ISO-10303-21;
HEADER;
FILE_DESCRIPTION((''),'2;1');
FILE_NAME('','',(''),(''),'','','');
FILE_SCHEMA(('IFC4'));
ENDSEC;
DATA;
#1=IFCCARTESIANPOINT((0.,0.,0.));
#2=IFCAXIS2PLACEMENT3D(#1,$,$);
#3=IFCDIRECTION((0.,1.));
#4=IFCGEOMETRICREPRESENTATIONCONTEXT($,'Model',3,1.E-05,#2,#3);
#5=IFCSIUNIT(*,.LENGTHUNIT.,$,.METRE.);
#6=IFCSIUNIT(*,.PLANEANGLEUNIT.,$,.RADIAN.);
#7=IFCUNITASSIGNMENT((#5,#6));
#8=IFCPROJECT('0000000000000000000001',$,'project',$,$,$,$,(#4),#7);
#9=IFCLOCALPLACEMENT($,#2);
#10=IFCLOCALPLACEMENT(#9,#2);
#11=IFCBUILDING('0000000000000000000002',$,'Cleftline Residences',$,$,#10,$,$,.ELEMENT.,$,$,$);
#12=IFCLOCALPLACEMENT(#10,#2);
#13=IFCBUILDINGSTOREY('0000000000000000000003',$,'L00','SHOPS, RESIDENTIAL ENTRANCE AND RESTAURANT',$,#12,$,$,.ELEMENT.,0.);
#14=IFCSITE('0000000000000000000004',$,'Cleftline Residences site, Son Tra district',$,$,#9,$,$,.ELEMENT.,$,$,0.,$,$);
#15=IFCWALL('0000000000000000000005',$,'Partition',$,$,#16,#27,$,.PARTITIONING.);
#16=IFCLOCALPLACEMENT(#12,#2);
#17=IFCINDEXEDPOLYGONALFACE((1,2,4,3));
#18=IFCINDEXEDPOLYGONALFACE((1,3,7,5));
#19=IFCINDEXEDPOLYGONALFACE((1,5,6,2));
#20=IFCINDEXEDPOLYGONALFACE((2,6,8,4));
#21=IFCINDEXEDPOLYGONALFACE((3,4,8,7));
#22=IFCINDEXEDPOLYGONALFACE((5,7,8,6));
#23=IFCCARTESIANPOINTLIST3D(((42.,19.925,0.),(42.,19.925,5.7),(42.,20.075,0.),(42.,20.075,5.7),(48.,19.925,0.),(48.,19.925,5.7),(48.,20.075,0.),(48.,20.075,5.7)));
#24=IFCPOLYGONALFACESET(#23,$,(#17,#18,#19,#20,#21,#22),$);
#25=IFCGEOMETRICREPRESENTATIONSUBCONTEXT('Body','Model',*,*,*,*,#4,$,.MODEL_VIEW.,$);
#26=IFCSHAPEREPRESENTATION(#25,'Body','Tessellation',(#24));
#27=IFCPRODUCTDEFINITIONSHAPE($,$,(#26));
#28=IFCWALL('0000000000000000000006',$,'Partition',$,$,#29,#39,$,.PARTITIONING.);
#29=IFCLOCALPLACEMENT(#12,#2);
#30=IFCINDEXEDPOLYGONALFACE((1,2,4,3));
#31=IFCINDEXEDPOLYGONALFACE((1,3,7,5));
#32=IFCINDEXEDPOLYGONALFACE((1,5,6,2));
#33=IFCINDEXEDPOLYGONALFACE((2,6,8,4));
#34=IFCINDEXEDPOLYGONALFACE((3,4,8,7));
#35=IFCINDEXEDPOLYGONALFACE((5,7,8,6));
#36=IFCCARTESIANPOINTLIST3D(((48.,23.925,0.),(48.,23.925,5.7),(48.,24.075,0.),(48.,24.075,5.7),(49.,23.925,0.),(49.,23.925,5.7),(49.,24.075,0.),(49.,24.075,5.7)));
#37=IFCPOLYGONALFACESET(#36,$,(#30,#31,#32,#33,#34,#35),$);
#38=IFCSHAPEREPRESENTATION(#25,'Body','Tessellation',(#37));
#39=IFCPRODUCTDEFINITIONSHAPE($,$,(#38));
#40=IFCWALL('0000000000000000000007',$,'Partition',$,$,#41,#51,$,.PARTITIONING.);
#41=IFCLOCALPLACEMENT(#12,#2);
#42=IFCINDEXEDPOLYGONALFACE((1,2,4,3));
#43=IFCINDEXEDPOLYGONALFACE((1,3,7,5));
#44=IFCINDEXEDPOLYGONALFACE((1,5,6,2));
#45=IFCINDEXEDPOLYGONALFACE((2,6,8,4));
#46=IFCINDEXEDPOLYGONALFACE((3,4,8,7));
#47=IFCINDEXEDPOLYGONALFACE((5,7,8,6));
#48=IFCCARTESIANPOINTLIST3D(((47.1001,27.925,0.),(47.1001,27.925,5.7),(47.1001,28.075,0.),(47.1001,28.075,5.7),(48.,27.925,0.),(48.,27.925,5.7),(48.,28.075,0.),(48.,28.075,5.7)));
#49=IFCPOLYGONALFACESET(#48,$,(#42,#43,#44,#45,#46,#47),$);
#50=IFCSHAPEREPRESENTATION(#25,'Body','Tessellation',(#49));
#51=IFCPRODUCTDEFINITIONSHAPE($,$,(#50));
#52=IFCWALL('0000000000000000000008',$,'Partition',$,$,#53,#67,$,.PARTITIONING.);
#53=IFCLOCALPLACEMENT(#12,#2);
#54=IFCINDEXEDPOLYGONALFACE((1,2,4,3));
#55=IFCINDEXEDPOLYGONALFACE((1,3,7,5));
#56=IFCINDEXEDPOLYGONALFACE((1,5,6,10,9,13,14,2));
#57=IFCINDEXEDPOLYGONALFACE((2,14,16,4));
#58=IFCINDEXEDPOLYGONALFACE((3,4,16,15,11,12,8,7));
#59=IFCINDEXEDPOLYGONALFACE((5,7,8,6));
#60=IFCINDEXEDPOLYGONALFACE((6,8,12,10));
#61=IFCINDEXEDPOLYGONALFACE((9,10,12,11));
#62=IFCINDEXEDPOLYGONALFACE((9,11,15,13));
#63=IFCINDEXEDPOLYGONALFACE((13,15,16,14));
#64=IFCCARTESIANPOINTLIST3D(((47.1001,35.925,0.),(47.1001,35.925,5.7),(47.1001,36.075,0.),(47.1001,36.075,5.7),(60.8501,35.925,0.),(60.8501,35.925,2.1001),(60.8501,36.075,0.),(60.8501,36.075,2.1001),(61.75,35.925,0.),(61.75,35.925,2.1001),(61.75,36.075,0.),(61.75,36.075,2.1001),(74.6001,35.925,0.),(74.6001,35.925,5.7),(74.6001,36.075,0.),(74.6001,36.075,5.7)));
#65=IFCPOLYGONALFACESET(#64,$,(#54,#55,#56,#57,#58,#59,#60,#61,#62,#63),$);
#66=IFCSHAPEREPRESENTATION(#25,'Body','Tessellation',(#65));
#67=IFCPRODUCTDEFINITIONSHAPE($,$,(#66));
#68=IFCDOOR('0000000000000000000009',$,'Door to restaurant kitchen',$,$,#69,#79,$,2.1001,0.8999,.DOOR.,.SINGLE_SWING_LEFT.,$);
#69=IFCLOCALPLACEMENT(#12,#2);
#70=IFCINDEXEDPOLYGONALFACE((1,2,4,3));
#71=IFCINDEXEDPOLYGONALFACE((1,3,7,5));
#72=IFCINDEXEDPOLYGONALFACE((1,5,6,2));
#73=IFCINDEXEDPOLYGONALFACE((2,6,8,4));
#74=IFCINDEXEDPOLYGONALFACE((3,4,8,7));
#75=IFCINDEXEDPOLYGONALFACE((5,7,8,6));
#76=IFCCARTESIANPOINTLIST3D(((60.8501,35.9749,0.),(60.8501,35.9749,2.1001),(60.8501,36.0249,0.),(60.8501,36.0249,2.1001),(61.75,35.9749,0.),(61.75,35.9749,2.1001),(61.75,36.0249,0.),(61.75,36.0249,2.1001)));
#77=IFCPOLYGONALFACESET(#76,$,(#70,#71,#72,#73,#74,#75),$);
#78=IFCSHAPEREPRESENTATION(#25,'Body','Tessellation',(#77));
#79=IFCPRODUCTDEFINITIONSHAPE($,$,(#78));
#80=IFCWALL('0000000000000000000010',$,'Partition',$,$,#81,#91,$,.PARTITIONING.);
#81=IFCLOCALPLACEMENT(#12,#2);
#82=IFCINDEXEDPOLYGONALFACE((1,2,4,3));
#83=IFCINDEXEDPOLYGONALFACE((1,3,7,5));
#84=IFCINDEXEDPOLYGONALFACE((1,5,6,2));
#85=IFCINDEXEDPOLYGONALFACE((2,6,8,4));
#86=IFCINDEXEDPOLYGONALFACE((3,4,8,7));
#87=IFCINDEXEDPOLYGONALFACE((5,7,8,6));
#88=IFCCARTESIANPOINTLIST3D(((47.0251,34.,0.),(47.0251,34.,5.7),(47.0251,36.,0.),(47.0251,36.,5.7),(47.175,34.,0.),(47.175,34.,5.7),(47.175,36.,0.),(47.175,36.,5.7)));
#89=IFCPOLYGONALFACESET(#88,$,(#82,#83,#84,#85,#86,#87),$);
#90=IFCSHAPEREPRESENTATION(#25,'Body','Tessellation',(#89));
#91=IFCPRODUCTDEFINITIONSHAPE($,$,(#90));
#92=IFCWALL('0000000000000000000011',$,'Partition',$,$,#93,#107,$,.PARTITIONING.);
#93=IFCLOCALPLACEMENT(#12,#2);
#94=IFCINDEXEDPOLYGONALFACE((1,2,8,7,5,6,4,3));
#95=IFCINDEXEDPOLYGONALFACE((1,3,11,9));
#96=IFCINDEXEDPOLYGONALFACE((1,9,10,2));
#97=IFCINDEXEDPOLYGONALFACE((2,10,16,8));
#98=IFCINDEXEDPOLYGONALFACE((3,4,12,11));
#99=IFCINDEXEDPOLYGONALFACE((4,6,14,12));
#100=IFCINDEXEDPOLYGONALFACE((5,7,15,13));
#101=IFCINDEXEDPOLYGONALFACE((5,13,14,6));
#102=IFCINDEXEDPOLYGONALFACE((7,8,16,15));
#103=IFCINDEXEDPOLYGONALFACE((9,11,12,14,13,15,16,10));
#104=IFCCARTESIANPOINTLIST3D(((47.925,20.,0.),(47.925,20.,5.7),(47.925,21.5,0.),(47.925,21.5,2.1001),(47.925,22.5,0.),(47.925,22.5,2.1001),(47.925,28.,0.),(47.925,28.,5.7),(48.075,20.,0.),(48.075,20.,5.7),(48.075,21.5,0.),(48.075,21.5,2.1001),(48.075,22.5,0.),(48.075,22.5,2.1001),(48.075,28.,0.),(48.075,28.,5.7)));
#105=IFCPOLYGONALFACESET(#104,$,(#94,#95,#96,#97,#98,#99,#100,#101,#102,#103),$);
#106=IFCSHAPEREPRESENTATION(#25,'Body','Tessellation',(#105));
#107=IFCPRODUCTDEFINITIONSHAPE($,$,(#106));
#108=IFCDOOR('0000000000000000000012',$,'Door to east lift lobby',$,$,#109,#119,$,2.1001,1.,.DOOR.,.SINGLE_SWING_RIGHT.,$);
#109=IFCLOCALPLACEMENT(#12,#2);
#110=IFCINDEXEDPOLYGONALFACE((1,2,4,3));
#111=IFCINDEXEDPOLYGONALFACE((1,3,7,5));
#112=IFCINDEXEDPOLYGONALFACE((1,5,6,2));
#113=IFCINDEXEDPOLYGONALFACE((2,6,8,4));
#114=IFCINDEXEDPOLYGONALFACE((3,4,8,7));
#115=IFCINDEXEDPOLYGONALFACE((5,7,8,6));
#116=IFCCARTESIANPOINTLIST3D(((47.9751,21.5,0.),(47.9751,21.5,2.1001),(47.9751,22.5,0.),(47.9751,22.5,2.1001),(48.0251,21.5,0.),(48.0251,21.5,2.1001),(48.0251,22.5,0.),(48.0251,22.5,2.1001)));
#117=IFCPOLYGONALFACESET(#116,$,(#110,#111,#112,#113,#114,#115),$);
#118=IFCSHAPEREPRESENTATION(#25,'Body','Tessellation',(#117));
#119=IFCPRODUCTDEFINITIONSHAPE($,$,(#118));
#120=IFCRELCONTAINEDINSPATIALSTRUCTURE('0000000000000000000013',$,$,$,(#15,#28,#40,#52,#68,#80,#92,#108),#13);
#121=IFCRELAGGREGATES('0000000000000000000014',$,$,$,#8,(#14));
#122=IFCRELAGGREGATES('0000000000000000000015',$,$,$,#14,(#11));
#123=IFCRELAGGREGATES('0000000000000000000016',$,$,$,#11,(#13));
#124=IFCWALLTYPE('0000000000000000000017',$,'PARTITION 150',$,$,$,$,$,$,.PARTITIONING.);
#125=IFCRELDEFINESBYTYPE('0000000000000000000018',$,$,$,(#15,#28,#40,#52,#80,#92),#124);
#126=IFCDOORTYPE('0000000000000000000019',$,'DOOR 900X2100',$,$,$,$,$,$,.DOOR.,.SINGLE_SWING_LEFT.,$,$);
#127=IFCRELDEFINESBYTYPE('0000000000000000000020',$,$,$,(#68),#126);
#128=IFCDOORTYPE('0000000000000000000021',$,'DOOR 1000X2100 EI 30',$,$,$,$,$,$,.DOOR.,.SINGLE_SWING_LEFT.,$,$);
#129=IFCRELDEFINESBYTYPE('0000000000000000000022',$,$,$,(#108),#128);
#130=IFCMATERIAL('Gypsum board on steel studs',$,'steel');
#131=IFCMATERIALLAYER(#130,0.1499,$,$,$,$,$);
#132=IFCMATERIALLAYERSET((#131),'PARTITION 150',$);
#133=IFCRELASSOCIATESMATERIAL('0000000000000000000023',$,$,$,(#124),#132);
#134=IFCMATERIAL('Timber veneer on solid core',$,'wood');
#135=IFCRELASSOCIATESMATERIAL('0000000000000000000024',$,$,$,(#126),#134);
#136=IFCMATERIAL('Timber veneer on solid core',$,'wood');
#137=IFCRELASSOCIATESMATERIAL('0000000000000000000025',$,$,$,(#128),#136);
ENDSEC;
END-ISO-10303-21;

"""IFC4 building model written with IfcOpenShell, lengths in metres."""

from ifc_helpers import new_model, si_unit, direction, frame, frame_2d, origin, place, context, subcontext, project, spatial, rectangle, extrude, material, layer, layer_set, type_object, element, fill, save


model = new_model("IFC4")

# Units and contexts
model_context = context("Model", 3, precision=1e-05, world=origin(), true_north=direction((0.0, 1.0)))
body_context = subcontext(model_context, "Body", "Model", "MODEL_VIEW")
ifc_project = project(units=[si_unit("LENGTHUNIT", "METRE"), si_unit("PLANEANGLEUNIT", "RADIAN")], contexts=[model_context])

# Site, building, storey
site_placement = place(None, origin())
site = spatial("IfcSite", under=ifc_project, at=site_placement, Name="Cleftline Residences site, Son Tra district", CompositionType="ELEMENT", RefElevation=0.0)
building_placement = place(site_placement, origin())
building = spatial("IfcBuilding", under=site, at=building_placement, Name="Cleftline Residences", CompositionType="ELEMENT")
storey_placement = place(building_placement, origin())
storey = spatial("IfcBuildingStorey", under=building, at=storey_placement, Name="L00", Description="SHOPS, RESIDENTIAL ENTRANCE AND RESTAURANT", CompositionType="ELEMENT", Elevation=0.0)

# Walls
ifc_material_1 = material(Name="Gypsum board on steel studs", Category="steel")
ifc_layer_1 = layer(ifc_material_1, 0.1499)
ifc_layer_set_1 = layer_set([ifc_layer_1], Name="PARTITION 150")
wall_type_1 = type_object("IfcWallType", Name="PARTITION 150", PredefinedType="PARTITIONING", material=ifc_layer_set_1)
wall_1_placement = place(storey_placement, frame((42.0, 20.0, 0.0), z_axis=(0.0, 0.0, 1.0), x_axis=(1.0, 0.0, 0.0)))
element("IfcWall", 1, at=wall_1_placement, inside=storey, type_object=wall_type_1, Name="Partition", PredefinedType="PARTITIONING", context=body_context, shape_type="SweptSolid", body=[
    extrude(rectangle(XDim=6.0, YDim=0.1499, at=frame_2d((3.0, 0.0))), origin(), (0.0, 0.0, 1.0), 5.7),
])
wall_2_placement = place(storey_placement, frame((48.0, 24.0, 0.0), z_axis=(0.0, 0.0, 1.0), x_axis=(1.0, 0.0, 0.0)))
element("IfcWall", 2, at=wall_2_placement, inside=storey, type_object=wall_type_1, Name="Partition", PredefinedType="PARTITIONING", context=body_context, shape_type="SweptSolid", body=[
    extrude(rectangle(XDim=1.0, YDim=0.1499, at=frame_2d((0.5, 0.0))), origin(), (0.0, 0.0, 1.0), 5.7),
])
wall_3_placement = place(storey_placement, frame((47.1001, 28.0, 0.0), z_axis=(0.0, 0.0, 1.0), x_axis=(1.0, 0.0, 0.0)))
element("IfcWall", 3, at=wall_3_placement, inside=storey, type_object=wall_type_1, Name="Partition", PredefinedType="PARTITIONING", context=body_context, shape_type="SweptSolid", body=[
    extrude(rectangle(XDim=0.8999, YDim=0.1499, at=frame_2d((0.45, 0.0))), origin(), (0.0, 0.0, 1.0), 5.7),
])

# Wall, opening, door
wall_4_placement = place(storey_placement, frame((47.1001, 36.0, 0.0), z_axis=(0.0, 0.0, 1.0), x_axis=(1.0, 0.0, 0.0)))
wall_4 = element("IfcWall", 4, at=wall_4_placement, inside=storey, type_object=wall_type_1, Name="Partition", PredefinedType="PARTITIONING", context=body_context, shape_type="SweptSolid", body=[
    extrude(rectangle(XDim=27.5, YDim=0.1499, at=frame_2d((13.75, 0.0))), origin(), (0.0, 0.0, 1.0), 5.7),
])
opening_1_placement = place(wall_4_placement, frame((13.75, 0.0, 0.0)))
opening_1 = element("IfcOpeningElement", 5, at=opening_1_placement, cuts=wall_4, PredefinedType="OPENING", context=body_context, shape_type="SweptSolid", body=[
    extrude(rectangle(XDim=0.8999, YDim=2.1001, at=frame_2d((0.45, 1.05))), frame((0.0, 0.085, 0.0), z_axis=(0.0, -1.0, 0.0), x_axis=(1.0, 0.0, 0.0)), (0.0, 0.0, 1.0), 0.1699),
])
ifc_material_2 = material(Name="Timber veneer on solid core", Category="wood")
door_type_1 = type_object("IfcDoorType", Name="DOOR 900X2100", OperationType="SINGLE_SWING_LEFT", PredefinedType="DOOR", material=ifc_material_2)
door_1_placement = place(opening_1_placement, origin())
door_1 = element("IfcDoor", 6, at=door_1_placement, inside=storey, type_object=door_type_1, Name="Door to restaurant kitchen", OperationType="SINGLE_SWING_LEFT", OverallHeight=2.1001, OverallWidth=0.8999, PredefinedType="DOOR", context=body_context, shape_type="SweptSolid", body=[
    extrude(rectangle(XDim=0.8999, YDim=2.1001, at=frame_2d((0.45, 1.05))), frame((0.0, 0.0249, 0.0), z_axis=(0.0, -1.0, 0.0), x_axis=(1.0, 0.0, 0.0)), (0.0, 0.0, 1.0), 0.05),
])
fill(opening_1, door_1)

# Wall
wall_5_placement = place(storey_placement, frame((47.1001, 34.0, 0.0), z_axis=(0.0, 0.0, 1.0), x_axis=(0.0, 1.0, 0.0)))
element("IfcWall", 7, at=wall_5_placement, inside=storey, type_object=wall_type_1, Name="Partition", PredefinedType="PARTITIONING", context=body_context, shape_type="SweptSolid", body=[
    extrude(rectangle(XDim=2.0, YDim=0.1499, at=frame_2d((1.0, 0.0))), origin(), (0.0, 0.0, 1.0), 5.7),
])

# Wall, opening, door
wall_6_placement = place(storey_placement, frame((48.0, 20.0, 0.0), z_axis=(0.0, 0.0, 1.0), x_axis=(0.0, 1.0, 0.0)))
wall_6 = element("IfcWall", 8, at=wall_6_placement, inside=storey, type_object=wall_type_1, Name="Partition", PredefinedType="PARTITIONING", context=body_context, shape_type="SweptSolid", body=[
    extrude(rectangle(XDim=8.0, YDim=0.1499, at=frame_2d((4.0, 0.0))), origin(), (0.0, 0.0, 1.0), 5.7),
])
opening_2_placement = place(wall_6_placement, frame((1.5, 0.0, 0.0)))
opening_2 = element("IfcOpeningElement", 9, at=opening_2_placement, cuts=wall_6, PredefinedType="OPENING", context=body_context, shape_type="SweptSolid", body=[
    extrude(rectangle(XDim=1.0, YDim=2.1001, at=frame_2d((0.5, 1.05))), frame((0.0, 0.085, 0.0), z_axis=(0.0, -1.0, 0.0), x_axis=(1.0, 0.0, 0.0)), (0.0, 0.0, 1.0), 0.1699),
])
ifc_material_3 = material(Name="Timber veneer on solid core", Category="wood")
door_type_2 = type_object("IfcDoorType", Name="DOOR 1000X2100 EI 30", OperationType="SINGLE_SWING_LEFT", PredefinedType="DOOR", material=ifc_material_3)
door_2_placement = place(opening_2_placement, origin())
door_2 = element("IfcDoor", 10, at=door_2_placement, inside=storey, type_object=door_type_2, Name="Door to east lift lobby", OperationType="SINGLE_SWING_RIGHT", OverallHeight=2.1001, OverallWidth=1.0, PredefinedType="DOOR", context=body_context, shape_type="SweptSolid", body=[
    extrude(rectangle(XDim=1.0, YDim=2.1001, at=frame_2d((0.5, 1.05))), frame((0.0, 0.0249, 0.0), z_axis=(0.0, -1.0, 0.0), x_axis=(1.0, 0.0, 0.0)), (0.0, 0.0, 1.0), 0.05),
])
fill(opening_2, door_2)

save(model, "model.ifc")
